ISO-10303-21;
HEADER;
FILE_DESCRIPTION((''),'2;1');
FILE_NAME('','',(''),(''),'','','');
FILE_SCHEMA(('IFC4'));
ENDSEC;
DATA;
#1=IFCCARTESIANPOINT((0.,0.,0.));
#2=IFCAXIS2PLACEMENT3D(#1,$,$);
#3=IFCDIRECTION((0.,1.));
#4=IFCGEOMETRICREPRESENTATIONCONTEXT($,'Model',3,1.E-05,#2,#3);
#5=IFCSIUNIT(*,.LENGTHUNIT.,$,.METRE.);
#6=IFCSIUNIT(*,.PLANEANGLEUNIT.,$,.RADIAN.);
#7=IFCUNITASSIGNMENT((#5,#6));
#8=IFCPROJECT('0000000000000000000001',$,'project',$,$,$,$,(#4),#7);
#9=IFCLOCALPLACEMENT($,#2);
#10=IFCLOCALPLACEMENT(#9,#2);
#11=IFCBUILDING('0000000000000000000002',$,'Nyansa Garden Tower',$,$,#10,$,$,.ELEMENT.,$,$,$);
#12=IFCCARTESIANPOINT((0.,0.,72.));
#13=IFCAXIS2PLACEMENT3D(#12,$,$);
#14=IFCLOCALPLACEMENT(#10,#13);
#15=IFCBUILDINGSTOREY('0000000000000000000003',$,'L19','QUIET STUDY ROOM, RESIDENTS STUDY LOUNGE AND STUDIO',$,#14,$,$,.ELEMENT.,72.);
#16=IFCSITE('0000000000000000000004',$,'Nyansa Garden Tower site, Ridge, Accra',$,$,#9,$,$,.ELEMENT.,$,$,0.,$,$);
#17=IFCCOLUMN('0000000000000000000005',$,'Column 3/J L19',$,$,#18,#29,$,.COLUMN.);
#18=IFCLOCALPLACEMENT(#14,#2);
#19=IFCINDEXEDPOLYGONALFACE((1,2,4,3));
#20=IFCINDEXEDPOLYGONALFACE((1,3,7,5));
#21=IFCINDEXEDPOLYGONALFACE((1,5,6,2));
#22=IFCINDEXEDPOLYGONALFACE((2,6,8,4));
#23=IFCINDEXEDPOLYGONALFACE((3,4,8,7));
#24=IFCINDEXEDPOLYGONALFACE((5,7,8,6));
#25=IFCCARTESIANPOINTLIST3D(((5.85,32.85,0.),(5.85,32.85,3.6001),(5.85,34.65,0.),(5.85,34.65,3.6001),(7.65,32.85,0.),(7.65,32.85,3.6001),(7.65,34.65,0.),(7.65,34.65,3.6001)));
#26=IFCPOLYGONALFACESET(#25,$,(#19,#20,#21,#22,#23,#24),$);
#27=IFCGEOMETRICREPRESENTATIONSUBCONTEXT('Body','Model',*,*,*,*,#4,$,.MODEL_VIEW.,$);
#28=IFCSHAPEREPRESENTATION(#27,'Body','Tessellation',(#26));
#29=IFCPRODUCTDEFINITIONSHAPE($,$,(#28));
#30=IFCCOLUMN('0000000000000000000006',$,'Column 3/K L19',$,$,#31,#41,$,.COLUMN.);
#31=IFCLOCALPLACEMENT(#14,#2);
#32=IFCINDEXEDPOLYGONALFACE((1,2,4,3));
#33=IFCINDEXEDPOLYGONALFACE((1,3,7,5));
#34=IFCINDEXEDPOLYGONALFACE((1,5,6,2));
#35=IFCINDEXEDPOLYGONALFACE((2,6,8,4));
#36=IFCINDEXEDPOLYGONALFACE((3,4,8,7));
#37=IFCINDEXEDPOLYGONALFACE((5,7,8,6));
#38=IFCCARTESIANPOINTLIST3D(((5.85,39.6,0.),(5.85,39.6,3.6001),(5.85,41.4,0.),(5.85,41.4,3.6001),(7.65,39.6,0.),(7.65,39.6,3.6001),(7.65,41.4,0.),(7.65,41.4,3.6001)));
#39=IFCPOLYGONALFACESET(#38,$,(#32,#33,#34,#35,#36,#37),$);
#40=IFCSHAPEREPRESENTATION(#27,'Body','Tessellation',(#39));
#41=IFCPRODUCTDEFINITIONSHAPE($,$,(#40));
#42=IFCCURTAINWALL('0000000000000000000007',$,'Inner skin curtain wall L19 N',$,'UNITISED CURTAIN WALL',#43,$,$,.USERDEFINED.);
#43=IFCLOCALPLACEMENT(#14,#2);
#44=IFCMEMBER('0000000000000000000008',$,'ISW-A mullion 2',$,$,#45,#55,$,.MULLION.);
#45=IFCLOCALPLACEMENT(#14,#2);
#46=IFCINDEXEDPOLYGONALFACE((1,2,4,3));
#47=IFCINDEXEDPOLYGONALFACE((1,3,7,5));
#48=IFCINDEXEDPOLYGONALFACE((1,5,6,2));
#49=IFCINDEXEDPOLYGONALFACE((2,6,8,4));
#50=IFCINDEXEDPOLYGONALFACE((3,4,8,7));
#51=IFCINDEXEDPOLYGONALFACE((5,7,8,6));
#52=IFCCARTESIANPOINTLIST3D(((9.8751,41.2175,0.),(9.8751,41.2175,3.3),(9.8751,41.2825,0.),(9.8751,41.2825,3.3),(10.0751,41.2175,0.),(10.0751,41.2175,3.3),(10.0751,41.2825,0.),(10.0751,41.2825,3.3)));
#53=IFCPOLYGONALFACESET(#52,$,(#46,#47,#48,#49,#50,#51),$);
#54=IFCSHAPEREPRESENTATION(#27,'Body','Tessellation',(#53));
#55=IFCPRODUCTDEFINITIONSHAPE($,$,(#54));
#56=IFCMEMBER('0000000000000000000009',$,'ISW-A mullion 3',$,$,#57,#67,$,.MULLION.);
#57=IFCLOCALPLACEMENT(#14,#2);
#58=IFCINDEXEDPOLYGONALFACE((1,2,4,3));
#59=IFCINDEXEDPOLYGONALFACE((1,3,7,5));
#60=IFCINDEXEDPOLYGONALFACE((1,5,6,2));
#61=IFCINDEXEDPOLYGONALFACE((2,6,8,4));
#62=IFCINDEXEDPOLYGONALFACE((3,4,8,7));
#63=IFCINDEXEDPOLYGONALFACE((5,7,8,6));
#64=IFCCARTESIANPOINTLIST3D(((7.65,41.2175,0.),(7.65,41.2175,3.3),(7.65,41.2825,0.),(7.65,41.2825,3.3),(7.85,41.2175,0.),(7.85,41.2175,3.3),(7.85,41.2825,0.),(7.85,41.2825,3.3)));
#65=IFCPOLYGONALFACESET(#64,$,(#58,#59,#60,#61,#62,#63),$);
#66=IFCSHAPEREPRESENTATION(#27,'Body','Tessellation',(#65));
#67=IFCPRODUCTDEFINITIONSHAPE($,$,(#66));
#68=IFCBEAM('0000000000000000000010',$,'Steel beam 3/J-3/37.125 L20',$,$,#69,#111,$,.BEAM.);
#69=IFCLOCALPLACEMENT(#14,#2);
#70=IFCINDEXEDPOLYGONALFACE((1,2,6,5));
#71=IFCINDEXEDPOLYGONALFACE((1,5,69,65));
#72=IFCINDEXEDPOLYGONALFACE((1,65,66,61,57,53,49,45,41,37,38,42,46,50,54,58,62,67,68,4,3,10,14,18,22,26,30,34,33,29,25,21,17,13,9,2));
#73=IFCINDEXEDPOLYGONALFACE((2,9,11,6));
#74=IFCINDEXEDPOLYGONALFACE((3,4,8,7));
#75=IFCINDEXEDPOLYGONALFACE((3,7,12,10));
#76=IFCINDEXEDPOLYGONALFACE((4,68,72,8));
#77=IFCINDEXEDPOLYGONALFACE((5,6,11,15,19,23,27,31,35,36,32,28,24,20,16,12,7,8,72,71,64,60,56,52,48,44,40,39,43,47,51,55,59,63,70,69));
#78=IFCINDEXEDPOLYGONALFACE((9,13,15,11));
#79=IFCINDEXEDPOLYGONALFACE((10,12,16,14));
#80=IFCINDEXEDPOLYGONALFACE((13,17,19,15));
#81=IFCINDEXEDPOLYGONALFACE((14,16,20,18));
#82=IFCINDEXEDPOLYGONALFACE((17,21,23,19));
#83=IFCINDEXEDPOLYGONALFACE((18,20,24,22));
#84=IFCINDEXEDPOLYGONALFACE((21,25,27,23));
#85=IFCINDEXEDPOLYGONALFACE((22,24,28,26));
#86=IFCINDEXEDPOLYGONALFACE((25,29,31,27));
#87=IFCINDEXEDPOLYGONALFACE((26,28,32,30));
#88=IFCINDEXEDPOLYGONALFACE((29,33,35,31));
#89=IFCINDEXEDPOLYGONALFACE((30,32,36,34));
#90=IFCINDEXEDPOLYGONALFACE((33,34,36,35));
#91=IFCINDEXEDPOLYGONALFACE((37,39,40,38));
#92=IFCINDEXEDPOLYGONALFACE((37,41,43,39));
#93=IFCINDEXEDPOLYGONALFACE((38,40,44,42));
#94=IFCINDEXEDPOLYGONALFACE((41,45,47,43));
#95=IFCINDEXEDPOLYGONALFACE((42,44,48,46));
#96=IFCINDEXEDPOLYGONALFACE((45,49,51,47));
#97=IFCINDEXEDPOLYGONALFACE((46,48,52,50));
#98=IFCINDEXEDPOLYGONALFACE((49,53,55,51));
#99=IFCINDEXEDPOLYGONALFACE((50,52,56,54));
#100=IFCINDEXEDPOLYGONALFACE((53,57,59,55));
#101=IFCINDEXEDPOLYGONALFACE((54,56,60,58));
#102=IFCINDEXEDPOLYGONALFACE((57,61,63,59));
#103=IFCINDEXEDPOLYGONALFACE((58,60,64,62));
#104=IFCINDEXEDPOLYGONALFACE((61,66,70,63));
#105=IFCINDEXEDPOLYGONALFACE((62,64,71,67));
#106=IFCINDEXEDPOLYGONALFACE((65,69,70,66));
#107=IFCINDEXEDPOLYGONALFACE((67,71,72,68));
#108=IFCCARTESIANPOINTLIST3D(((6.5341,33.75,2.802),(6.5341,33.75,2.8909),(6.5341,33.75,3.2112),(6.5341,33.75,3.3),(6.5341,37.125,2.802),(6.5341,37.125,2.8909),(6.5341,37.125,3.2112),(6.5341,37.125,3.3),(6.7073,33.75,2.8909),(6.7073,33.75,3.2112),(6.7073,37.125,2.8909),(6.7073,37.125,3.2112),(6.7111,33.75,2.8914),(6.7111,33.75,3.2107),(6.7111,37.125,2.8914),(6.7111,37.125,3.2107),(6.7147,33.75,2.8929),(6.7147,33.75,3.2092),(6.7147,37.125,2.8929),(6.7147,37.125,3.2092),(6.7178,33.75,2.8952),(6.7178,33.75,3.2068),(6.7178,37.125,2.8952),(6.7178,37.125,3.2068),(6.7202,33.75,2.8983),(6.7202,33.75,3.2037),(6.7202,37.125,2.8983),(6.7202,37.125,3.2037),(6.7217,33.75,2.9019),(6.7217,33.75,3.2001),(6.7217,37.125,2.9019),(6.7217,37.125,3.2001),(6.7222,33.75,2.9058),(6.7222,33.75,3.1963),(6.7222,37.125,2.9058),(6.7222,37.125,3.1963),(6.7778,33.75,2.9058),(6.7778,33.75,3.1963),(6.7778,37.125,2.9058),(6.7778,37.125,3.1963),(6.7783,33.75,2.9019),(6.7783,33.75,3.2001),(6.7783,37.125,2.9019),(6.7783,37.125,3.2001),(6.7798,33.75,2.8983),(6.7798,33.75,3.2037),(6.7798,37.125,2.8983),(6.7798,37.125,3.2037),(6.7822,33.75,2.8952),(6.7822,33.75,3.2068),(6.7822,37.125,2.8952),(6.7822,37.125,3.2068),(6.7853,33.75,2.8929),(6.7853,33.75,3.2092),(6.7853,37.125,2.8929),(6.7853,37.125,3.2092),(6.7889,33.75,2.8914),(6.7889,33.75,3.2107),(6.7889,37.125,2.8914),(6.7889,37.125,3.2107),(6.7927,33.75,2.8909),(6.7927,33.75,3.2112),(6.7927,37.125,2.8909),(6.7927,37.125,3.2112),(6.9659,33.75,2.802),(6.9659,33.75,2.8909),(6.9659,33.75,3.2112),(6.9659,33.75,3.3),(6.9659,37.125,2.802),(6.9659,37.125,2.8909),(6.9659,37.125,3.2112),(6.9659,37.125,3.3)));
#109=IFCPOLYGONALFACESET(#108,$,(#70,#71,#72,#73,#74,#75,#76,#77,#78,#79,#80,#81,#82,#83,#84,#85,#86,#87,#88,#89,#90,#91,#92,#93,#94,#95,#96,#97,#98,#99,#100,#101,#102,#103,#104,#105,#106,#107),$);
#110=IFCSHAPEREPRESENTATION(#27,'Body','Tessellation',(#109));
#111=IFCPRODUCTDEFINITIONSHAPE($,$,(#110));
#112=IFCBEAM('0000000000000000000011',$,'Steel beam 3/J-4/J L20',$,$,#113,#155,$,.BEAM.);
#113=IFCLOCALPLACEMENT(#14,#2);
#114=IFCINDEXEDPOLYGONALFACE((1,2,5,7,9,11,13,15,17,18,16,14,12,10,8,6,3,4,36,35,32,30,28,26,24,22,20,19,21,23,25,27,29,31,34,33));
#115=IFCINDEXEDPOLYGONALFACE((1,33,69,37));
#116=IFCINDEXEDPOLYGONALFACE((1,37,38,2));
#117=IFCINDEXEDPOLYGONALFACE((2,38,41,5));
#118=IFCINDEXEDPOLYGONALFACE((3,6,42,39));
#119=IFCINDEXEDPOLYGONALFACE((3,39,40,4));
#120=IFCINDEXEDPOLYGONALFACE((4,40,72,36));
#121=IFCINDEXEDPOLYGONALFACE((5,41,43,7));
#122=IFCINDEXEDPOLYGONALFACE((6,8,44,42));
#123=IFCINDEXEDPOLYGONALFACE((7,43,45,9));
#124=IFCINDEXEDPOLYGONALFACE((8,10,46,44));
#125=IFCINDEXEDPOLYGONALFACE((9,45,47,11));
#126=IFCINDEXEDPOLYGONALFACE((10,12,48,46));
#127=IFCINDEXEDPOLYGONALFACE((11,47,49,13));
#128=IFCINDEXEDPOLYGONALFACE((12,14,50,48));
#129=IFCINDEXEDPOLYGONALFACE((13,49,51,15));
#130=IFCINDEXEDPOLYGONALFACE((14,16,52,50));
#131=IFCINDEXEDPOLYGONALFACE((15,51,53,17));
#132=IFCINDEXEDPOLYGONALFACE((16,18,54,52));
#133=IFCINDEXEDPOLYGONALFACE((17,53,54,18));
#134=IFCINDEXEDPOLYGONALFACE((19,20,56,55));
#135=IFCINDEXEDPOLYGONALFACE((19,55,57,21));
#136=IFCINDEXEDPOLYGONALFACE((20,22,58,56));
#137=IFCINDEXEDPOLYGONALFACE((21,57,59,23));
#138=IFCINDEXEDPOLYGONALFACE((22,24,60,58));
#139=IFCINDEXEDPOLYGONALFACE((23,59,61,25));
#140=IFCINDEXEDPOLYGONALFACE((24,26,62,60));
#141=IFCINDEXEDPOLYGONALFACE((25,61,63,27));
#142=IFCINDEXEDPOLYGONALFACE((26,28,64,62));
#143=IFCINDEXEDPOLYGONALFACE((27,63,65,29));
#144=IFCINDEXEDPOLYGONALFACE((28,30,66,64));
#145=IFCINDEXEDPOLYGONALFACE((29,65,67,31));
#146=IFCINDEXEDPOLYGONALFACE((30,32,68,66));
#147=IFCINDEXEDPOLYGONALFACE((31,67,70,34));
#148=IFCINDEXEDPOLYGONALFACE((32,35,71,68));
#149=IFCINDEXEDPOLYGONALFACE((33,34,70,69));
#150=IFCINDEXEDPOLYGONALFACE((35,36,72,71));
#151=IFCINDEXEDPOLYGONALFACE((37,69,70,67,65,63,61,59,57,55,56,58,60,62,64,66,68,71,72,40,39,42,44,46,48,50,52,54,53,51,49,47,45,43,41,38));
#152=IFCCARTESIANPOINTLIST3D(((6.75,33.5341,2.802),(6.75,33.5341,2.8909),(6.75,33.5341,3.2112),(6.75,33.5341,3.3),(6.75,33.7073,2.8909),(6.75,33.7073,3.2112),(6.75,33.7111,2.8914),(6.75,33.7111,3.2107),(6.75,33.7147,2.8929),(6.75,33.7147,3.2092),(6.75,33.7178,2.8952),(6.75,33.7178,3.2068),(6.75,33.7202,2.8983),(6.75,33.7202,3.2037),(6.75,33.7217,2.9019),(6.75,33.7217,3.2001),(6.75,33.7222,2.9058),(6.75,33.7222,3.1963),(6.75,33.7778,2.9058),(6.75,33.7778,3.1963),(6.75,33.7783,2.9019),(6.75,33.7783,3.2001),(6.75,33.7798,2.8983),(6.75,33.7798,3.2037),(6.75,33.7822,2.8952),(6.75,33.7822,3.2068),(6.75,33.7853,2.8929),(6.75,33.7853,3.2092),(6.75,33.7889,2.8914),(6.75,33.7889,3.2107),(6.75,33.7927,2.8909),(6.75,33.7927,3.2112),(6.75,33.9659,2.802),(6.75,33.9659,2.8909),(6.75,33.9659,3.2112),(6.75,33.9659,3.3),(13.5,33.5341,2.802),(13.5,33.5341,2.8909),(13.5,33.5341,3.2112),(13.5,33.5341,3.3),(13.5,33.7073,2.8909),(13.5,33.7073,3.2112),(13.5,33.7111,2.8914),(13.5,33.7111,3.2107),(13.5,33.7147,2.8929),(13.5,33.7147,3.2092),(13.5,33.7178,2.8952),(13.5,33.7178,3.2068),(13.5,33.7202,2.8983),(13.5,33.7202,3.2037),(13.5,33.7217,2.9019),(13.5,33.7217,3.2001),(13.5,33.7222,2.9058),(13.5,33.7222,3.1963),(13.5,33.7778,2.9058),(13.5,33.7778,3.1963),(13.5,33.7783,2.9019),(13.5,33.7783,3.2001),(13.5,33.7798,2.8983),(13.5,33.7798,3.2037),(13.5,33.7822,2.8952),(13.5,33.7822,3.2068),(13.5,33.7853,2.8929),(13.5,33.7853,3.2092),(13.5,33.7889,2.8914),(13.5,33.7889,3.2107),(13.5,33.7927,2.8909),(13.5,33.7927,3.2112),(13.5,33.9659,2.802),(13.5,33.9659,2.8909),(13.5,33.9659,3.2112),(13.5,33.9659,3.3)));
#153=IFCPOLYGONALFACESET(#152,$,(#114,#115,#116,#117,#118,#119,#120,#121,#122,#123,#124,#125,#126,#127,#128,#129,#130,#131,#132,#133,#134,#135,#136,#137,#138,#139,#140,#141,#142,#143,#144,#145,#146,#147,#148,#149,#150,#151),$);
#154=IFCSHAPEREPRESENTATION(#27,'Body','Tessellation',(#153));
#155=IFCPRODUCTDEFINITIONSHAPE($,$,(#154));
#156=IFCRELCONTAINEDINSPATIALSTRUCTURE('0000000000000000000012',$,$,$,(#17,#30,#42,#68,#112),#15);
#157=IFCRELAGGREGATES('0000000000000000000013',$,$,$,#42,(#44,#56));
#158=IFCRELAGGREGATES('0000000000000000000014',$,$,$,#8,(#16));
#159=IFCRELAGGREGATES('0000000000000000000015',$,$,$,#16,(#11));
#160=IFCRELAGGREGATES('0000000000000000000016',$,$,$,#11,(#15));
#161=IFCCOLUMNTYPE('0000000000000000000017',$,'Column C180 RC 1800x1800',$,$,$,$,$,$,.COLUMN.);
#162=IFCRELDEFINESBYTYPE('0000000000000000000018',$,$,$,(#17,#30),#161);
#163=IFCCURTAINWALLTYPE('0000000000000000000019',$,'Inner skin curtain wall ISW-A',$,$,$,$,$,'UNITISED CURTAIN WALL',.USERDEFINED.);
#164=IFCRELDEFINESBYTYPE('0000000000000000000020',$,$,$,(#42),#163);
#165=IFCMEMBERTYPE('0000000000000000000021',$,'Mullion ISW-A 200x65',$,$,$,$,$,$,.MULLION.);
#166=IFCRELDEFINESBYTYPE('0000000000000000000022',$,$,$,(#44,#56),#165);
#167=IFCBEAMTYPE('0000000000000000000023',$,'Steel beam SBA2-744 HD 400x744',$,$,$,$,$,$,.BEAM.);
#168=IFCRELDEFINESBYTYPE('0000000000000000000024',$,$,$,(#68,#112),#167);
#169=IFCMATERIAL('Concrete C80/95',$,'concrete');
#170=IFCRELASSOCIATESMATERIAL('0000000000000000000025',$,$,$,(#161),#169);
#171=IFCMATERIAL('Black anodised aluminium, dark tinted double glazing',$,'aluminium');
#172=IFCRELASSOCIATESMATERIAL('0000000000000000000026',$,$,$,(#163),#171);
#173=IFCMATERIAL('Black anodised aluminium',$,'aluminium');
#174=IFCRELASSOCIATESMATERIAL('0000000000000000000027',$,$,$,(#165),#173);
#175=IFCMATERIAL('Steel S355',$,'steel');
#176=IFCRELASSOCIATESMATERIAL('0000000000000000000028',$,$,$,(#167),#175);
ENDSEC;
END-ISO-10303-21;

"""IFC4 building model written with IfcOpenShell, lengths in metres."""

from ifc_helpers import new_model, si_unit, direction, frame, origin, origin_2d, place, context, subcontext, project, spatial, rectangle, i_section, extrude, material, material_profile, profile_set, type_object, element, aggregate, save


model = new_model("IFC4")

# Units and contexts
model_context = context("Model", 3, precision=1e-05, world=origin(), true_north=direction((0.0, 1.0)))
body_context = subcontext(model_context, "Body", "Model", "MODEL_VIEW")
ifc_project = project(units=[si_unit("LENGTHUNIT", "METRE"), si_unit("PLANEANGLEUNIT", "RADIAN")], contexts=[model_context])

# Site, building, storey
site_placement = place(None, origin())
site = spatial("IfcSite", under=ifc_project, at=site_placement, Name="Nyansa Garden Tower site, Ridge, Accra", CompositionType="ELEMENT", RefElevation=0.0)
building_placement = place(site_placement, origin())
building = spatial("IfcBuilding", under=site, at=building_placement, Name="Nyansa Garden Tower", CompositionType="ELEMENT")
storey_placement = place(building_placement, frame((0.0, 0.0, 72.0)))
storey = spatial("IfcBuildingStorey", under=building, at=storey_placement, Name="L19", Description="QUIET STUDY ROOM, RESIDENTS STUDY LOUNGE AND STUDIO", CompositionType="ELEMENT", Elevation=72.0)

# Columns
ifc_material_1 = material(Name="Concrete C80/95", Category="concrete")
ifc_material_profile_1 = material_profile(ifc_material_1, rectangle(XDim=1.8, YDim=1.8, at=origin_2d()), Name="RC 1800x1800")
ifc_profile_set_1 = profile_set([ifc_material_profile_1], Name="Concrete C80/95")
column_type = type_object("IfcColumnType", Name="Column C180 RC 1800x1800", PredefinedType="COLUMN", material=ifc_profile_set_1)
for number, where, z_axis, x_axis, name in (
    (1, (6.75, 33.75, 0.0), (0.0, 0.0, 1.0), (1.0, 0.0, 0.0), "Column 3/J L19"),
    (2, (6.75, 40.5, 0.0), (0.0, 0.0, 1.0), (1.0, 0.0, 0.0), "Column 3/K L19"),
):
    element("IfcColumn", number, at=place(storey_placement, frame(where, z_axis=z_axis, x_axis=x_axis)), inside=storey, type_object=column_type, Name=name, PredefinedType="COLUMN", context=body_context, shape_type="SweptSolid", body=[
        extrude(rectangle(XDim=1.8, YDim=1.8, at=origin_2d()), origin(), (0.0, 0.0, 1.0), 3.6001),
    ])

# Curtain wall, members
ifc_material_2 = material(Name="Black anodised aluminium, dark tinted double glazing", Category="aluminium")
curtain_wall_type = type_object("IfcCurtainWallType", Name="Inner skin curtain wall ISW-A", ElementType="UNITISED CURTAIN WALL", PredefinedType="USERDEFINED", material=ifc_material_2)
curtain_wall_placement = place(storey_placement, origin())
curtain_wall = element("IfcCurtainWall", 3, at=curtain_wall_placement, inside=storey, type_object=curtain_wall_type, Name="Inner skin curtain wall L19 N", ObjectType="UNITISED CURTAIN WALL", PredefinedType="USERDEFINED")
ifc_material_3 = material(Name="Black anodised aluminium", Category="aluminium")
ifc_material_profile_2 = material_profile(ifc_material_3, rectangle(XDim=0.0649, YDim=0.2, at=origin_2d()), Name="Mullion 200x65")
ifc_profile_set_2 = profile_set([ifc_material_profile_2], Name="Black anodised aluminium")
member_type_1 = type_object("IfcMemberType", Name="Mullion ISW-A 200x65", PredefinedType="MULLION", material=ifc_profile_set_2)
member_1_placement = place(storey_placement, frame((9.9751, 41.25, 0.0), z_axis=(0.0, 0.0, 1.0), x_axis=(0.0, -1.0, 0.0)))
member_1 = element("IfcMember", 4, at=member_1_placement, type_object=member_type_1, Name="ISW-A mullion 2", PredefinedType="MULLION", context=body_context, shape_type="SweptSolid", body=[
    extrude(rectangle(XDim=0.0649, YDim=0.2, at=origin_2d()), origin(), (0.0, 0.0, 1.0), 3.3),
])
member_2_placement = place(storey_placement, frame((7.75, 41.25, 0.0), z_axis=(0.0, 0.0, 1.0), x_axis=(0.0, -1.0, 0.0)))
member_2 = element("IfcMember", 5, at=member_2_placement, type_object=member_type_1, Name="ISW-A mullion 3", PredefinedType="MULLION", context=body_context, shape_type="SweptSolid", body=[
    extrude(rectangle(XDim=0.0649, YDim=0.2, at=origin_2d()), origin(), (0.0, 0.0, 1.0), 3.3),
])

# Beams
ifc_material_4 = material(Name="Steel S355", Category="steel")
ifc_material_profile_3 = material_profile(ifc_material_4, i_section(OverallWidth=0.4319, OverallDepth=0.498, WebThickness=0.0557, FlangeThickness=0.0889, FilletRadius=0.0149, at=origin_2d()), Name="HD 400x744")
ifc_profile_set_3 = profile_set([ifc_material_profile_3], Name="Steel S355")
beam_type_1 = type_object("IfcBeamType", Name="Steel beam SBA2-744 HD 400x744", PredefinedType="BEAM", material=ifc_profile_set_3)
beam_1_placement = place(storey_placement, frame((6.75, 33.75, 3.051), z_axis=(0.0, 1.0, 0.0), x_axis=(-1.0, 0.0, 0.0)))
element("IfcBeam", 6, at=beam_1_placement, inside=storey, type_object=beam_type_1, Name="Steel beam 3/J-3/37.125 L20", PredefinedType="BEAM", context=body_context, shape_type="SweptSolid", body=[
    extrude(i_section(OverallWidth=0.4319, OverallDepth=0.498, WebThickness=0.0557, FlangeThickness=0.0889, FilletRadius=0.0149, at=origin_2d()), origin(), (0.0, 0.0, 1.0), 3.375),
])
beam_2_placement = place(storey_placement, frame((6.75, 33.75, 3.051), z_axis=(1.0, 0.0, 0.0), x_axis=(0.0, 1.0, 0.0)))
element("IfcBeam", 7, at=beam_2_placement, inside=storey, type_object=beam_type_1, Name="Steel beam 3/J-4/J L20", PredefinedType="BEAM", context=body_context, shape_type="SweptSolid", body=[
    extrude(i_section(OverallWidth=0.4319, OverallDepth=0.498, WebThickness=0.0557, FlangeThickness=0.0889, FilletRadius=0.0149, at=origin_2d()), origin(), (0.0, 0.0, 1.0), 6.75),
])

aggregate(curtain_wall, [member_1, member_2])

save(model, "model.ifc")
